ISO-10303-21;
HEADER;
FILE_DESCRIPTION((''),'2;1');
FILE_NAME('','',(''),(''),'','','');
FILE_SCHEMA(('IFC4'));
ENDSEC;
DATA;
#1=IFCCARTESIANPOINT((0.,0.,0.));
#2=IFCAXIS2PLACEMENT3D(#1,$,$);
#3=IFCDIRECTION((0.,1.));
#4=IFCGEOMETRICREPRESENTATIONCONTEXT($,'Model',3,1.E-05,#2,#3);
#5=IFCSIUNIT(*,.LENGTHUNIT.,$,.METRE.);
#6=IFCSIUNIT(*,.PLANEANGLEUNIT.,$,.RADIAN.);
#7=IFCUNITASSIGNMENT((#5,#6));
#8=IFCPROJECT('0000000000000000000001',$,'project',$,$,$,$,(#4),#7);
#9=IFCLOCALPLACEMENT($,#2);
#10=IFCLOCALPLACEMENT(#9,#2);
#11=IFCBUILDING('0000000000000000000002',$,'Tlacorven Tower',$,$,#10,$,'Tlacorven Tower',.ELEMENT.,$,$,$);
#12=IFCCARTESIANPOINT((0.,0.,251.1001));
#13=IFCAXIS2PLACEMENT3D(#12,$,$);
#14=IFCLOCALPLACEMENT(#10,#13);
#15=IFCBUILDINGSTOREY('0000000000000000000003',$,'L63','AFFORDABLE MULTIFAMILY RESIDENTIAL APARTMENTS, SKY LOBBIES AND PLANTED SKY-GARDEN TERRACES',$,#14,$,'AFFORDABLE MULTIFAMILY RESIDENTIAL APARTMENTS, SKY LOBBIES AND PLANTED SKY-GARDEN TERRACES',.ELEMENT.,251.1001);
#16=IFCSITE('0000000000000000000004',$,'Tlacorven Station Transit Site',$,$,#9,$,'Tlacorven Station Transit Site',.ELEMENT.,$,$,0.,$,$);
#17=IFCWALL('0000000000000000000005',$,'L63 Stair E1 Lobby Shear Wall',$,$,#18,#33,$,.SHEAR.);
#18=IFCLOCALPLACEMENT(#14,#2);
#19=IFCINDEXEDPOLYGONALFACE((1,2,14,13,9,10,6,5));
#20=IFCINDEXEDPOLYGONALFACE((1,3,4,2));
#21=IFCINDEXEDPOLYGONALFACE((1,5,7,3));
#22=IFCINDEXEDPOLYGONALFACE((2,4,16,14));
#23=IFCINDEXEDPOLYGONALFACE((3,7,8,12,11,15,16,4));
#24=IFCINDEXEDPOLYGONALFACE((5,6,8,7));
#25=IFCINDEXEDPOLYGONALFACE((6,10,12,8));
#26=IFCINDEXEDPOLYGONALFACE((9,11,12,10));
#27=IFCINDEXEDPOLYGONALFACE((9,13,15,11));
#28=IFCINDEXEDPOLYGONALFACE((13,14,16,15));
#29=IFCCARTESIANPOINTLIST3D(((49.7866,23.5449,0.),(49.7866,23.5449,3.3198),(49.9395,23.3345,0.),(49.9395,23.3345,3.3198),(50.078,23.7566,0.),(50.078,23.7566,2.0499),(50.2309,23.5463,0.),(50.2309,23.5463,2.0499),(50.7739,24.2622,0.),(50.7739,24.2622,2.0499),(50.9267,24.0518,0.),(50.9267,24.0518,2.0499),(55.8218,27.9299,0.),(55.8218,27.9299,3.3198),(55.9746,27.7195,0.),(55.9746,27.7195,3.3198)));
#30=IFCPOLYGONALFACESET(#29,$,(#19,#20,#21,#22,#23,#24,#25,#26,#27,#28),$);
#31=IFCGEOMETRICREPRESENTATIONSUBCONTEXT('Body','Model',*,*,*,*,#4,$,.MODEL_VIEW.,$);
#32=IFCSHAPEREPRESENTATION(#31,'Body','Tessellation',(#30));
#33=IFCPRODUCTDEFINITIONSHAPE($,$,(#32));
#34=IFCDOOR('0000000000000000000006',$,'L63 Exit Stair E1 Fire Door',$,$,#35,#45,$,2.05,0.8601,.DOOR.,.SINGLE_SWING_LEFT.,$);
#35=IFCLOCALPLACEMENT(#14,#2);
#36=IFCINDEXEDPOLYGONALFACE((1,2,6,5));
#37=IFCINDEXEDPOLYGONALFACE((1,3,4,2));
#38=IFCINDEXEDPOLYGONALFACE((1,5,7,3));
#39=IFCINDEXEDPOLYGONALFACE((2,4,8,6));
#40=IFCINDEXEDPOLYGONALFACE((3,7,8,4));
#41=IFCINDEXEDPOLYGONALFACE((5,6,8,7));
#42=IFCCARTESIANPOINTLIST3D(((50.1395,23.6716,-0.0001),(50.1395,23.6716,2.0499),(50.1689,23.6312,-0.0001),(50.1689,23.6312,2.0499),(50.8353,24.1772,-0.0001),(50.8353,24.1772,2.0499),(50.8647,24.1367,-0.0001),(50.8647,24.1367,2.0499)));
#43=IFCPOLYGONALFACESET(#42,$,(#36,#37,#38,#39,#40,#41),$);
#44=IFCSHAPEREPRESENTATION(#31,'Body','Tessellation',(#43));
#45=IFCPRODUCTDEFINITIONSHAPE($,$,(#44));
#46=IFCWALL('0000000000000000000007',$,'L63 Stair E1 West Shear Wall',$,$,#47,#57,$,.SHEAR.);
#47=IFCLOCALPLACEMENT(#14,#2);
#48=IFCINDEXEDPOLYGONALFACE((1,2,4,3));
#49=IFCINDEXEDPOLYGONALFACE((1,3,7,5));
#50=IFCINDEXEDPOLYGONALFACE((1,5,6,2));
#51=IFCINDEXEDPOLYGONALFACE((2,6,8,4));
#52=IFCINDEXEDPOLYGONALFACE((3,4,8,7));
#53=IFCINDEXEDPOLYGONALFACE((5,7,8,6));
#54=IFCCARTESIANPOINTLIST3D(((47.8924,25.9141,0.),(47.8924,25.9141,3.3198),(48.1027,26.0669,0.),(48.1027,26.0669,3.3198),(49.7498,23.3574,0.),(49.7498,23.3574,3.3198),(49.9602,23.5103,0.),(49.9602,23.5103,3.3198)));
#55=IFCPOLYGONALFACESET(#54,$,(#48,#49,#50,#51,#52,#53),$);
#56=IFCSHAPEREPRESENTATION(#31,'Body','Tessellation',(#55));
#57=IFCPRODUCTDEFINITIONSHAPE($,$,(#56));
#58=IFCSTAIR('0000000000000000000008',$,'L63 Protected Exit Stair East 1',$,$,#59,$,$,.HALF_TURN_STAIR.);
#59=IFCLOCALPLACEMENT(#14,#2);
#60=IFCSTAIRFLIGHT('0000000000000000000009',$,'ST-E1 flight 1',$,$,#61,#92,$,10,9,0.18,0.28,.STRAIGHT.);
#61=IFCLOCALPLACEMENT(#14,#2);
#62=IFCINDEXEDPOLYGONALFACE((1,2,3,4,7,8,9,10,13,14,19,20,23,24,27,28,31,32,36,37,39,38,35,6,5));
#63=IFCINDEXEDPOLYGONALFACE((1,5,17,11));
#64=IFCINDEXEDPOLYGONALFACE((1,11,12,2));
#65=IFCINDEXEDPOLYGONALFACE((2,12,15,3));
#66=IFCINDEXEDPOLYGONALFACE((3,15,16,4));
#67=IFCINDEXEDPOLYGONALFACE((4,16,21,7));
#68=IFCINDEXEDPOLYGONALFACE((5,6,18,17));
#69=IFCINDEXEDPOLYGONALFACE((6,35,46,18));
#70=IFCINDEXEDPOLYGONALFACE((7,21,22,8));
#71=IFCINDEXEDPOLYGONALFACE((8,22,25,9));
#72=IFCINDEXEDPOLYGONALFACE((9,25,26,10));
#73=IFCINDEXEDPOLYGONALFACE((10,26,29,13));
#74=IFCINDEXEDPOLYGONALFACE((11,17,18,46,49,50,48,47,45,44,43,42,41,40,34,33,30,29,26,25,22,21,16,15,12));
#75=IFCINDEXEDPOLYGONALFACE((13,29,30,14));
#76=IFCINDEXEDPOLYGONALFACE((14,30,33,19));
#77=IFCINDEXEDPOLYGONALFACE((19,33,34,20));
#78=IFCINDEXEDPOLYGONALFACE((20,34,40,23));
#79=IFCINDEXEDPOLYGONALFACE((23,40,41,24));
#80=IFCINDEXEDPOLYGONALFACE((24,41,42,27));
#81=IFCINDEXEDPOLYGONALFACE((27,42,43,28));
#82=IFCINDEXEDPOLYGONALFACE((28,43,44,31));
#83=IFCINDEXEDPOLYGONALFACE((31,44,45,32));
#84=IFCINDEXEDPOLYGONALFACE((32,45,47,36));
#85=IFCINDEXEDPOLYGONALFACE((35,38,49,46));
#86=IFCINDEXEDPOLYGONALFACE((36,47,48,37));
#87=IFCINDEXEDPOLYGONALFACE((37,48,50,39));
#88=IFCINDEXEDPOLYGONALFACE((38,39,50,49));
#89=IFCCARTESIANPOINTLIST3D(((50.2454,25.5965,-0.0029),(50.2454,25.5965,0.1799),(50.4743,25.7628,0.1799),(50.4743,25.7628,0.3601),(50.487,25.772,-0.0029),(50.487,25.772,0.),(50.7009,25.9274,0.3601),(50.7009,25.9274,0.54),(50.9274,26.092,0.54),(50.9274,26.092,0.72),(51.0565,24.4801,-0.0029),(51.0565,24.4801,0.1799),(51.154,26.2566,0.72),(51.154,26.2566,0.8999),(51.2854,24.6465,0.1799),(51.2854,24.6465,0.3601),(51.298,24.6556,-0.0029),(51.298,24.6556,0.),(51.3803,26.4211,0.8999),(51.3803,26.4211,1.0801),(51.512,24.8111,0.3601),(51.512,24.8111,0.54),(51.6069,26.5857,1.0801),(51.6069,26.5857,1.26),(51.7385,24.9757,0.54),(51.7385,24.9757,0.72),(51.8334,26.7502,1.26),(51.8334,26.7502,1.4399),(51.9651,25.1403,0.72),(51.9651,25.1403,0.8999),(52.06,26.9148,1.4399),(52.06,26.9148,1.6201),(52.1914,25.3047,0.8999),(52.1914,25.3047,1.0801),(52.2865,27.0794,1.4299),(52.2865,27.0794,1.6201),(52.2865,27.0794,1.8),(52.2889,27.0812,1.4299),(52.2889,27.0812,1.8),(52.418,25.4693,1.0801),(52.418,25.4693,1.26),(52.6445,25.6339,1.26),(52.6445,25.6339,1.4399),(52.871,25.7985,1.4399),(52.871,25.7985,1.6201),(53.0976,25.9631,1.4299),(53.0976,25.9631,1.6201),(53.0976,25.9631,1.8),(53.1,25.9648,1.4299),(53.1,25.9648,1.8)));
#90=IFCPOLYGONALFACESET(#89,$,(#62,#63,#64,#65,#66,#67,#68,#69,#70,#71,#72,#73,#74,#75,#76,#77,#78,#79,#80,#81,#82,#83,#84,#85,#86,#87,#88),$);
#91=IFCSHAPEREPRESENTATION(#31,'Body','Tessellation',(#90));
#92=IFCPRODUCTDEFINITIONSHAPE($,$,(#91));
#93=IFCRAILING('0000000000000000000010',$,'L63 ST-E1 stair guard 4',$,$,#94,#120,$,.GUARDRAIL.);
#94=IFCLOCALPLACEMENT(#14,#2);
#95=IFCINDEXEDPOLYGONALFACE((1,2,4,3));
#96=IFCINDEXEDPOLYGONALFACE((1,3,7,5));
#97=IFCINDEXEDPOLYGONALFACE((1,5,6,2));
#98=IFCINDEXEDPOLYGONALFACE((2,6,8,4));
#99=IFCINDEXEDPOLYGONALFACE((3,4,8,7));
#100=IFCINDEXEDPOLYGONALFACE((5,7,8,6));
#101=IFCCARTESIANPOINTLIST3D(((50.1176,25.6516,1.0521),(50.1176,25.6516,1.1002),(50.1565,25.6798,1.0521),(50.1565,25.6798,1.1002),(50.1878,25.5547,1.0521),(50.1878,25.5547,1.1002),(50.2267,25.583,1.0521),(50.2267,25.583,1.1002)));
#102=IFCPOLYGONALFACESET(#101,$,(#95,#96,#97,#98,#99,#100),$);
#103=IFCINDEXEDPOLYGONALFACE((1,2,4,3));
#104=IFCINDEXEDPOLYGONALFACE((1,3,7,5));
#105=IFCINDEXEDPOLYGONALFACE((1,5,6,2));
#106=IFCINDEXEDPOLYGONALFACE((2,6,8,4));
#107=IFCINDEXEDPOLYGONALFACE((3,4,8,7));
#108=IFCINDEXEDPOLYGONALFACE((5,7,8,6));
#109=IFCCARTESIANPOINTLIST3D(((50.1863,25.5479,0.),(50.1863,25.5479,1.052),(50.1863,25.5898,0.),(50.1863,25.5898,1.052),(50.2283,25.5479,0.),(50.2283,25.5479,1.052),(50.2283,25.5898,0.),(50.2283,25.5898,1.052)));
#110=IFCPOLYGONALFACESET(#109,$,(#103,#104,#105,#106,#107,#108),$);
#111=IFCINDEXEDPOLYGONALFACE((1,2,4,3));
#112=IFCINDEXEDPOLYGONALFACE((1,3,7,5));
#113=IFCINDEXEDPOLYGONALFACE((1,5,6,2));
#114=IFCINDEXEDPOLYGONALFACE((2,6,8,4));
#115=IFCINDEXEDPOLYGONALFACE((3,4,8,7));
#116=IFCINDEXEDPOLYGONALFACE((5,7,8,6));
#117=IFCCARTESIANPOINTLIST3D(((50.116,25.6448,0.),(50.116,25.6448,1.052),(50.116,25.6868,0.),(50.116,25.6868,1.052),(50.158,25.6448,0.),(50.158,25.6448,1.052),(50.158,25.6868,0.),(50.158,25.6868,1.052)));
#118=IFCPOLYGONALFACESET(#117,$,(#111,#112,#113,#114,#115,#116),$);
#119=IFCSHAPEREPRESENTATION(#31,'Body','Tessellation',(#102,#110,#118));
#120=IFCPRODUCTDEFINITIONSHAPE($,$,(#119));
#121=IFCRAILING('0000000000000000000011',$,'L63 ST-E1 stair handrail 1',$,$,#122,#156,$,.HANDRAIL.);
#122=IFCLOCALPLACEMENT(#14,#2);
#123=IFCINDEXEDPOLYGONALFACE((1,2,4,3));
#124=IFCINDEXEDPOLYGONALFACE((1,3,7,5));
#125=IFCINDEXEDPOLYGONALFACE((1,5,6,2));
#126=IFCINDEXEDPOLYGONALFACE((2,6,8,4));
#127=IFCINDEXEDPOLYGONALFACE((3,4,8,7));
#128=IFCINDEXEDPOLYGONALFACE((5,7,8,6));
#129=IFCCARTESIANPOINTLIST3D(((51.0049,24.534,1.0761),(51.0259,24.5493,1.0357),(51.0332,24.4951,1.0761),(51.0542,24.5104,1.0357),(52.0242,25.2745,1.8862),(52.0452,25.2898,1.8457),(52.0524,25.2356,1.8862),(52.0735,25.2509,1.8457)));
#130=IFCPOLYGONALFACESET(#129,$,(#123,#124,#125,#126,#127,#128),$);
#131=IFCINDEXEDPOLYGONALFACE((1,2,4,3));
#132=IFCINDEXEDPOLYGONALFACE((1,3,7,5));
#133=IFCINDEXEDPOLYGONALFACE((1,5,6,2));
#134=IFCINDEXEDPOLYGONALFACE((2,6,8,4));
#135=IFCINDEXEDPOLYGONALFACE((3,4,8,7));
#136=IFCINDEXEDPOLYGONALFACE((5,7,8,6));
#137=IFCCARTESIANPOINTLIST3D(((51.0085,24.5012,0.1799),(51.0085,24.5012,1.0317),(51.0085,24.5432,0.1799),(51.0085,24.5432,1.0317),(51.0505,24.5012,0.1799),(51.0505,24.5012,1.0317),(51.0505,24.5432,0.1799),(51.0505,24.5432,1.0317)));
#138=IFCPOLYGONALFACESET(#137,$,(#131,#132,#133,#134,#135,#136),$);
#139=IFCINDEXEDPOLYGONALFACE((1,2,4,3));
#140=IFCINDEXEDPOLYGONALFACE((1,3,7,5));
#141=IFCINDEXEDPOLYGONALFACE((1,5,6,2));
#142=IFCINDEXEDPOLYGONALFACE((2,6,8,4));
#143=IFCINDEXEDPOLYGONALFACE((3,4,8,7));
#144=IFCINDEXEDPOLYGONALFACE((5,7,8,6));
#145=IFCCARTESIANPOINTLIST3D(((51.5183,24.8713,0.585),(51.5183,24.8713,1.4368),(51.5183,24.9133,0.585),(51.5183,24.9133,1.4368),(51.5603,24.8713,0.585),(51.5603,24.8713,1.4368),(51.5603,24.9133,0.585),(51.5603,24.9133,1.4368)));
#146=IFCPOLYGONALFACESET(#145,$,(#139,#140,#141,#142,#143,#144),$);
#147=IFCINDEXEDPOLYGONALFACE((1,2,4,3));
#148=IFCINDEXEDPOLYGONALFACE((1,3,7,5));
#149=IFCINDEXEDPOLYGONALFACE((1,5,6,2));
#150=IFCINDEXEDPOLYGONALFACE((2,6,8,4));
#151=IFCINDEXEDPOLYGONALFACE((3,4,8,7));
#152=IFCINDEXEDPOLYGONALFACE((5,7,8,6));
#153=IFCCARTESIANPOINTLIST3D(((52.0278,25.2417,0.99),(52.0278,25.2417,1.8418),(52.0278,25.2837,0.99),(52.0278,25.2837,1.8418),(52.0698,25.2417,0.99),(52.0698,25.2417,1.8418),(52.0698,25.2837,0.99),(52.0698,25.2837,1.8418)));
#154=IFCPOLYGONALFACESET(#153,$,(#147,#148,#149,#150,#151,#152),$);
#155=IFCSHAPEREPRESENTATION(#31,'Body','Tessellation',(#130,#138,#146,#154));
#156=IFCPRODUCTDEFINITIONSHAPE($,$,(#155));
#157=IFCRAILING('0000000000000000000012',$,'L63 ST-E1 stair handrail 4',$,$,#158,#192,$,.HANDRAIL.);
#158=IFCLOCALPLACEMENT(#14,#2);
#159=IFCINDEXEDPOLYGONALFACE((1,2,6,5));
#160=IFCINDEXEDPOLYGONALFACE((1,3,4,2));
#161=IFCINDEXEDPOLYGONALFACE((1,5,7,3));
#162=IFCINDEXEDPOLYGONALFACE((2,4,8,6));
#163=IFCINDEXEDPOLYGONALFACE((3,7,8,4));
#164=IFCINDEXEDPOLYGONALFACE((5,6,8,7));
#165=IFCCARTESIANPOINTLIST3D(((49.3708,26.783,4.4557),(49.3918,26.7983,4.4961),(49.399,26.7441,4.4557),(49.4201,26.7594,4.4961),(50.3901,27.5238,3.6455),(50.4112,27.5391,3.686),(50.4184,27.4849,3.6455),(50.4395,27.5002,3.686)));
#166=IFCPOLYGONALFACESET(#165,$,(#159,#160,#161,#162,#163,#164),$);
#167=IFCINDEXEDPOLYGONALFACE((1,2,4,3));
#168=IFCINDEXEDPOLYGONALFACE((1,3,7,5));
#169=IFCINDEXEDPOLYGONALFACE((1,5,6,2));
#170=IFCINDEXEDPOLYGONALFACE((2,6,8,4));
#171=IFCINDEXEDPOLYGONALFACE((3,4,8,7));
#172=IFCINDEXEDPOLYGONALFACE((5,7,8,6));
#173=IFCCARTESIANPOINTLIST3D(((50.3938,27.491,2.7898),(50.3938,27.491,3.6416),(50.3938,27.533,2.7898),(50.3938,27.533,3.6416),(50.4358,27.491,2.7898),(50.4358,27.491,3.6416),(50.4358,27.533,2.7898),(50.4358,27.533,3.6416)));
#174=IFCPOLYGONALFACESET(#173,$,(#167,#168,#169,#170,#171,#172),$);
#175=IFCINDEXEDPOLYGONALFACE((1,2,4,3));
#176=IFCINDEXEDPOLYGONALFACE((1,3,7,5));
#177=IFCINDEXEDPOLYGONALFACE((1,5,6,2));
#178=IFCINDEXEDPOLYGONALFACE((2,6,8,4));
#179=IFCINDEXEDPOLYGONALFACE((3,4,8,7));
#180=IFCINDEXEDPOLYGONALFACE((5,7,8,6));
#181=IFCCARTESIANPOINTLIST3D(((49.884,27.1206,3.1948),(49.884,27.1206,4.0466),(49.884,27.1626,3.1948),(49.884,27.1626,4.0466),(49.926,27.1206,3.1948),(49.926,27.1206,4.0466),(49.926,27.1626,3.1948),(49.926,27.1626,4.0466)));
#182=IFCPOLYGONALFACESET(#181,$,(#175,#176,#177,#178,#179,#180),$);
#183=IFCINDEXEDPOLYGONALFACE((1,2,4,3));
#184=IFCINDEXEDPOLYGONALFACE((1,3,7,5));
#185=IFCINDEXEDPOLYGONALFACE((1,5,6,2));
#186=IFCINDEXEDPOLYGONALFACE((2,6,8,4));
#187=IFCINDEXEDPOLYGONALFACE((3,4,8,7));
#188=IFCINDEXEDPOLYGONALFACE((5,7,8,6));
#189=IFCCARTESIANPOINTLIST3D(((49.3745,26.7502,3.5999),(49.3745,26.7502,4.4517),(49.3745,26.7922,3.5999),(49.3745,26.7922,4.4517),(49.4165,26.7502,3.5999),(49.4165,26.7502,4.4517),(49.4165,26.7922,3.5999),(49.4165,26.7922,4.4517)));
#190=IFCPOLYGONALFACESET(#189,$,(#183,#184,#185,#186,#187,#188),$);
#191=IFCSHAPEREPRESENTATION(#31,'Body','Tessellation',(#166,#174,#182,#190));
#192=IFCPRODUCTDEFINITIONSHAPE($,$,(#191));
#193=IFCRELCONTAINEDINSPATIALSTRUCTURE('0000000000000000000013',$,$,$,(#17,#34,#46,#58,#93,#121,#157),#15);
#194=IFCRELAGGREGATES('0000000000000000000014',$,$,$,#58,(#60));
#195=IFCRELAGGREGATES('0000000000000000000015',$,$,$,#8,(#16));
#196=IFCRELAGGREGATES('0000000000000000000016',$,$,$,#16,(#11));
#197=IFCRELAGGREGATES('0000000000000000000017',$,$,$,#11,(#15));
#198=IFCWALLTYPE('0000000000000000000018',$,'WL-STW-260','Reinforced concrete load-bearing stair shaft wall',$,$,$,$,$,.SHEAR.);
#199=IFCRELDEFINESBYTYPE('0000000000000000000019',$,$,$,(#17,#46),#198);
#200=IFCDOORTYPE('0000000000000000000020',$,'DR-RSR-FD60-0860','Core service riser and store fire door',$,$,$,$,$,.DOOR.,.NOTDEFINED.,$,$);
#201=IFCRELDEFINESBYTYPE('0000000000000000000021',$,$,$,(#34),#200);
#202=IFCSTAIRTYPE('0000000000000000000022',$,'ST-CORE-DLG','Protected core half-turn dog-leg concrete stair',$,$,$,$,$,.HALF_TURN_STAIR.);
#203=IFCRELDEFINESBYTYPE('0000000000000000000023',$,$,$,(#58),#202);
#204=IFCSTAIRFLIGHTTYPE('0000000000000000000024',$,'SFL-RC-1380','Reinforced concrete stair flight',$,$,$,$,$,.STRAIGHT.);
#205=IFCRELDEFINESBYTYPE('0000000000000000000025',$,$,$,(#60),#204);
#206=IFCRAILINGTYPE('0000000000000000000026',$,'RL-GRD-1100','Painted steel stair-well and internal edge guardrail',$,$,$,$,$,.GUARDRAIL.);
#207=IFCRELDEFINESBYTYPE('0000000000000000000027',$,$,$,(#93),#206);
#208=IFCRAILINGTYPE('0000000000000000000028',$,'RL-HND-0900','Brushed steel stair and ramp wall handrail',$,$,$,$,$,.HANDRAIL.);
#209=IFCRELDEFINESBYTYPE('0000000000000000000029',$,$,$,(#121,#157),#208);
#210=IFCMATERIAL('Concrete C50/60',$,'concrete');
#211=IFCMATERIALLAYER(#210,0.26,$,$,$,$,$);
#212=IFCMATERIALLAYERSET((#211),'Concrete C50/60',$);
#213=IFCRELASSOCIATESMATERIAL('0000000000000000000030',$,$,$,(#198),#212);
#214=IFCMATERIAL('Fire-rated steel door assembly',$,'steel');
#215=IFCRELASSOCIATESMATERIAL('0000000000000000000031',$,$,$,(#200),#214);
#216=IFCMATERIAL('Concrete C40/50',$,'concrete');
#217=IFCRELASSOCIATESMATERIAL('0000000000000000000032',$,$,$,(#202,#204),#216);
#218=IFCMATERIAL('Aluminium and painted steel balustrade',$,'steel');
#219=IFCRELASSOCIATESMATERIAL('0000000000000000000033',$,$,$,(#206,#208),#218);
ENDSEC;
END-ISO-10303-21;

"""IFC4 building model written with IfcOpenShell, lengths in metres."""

from ifc_helpers import new_model, si_unit, direction, frame, frame_2d, origin, origin_2d, place, context, subcontext, project, spatial, polyline, rectangle, outline, extrude, source, transform, mapped, material, layer, layer_set, type_object, element, fill, aggregate, save


model = new_model("IFC4")

# Units and contexts
model_context = context("Model", 3, precision=1e-05, world=origin(), true_north=direction((0.0, 1.0)))
body_context = subcontext(model_context, "Body", "Model", "MODEL_VIEW")
ifc_project = project(units=[si_unit("LENGTHUNIT", "METRE"), si_unit("PLANEANGLEUNIT", "RADIAN")], contexts=[model_context])

# Site, building, storey
site_placement = place(None, origin())
site = spatial("IfcSite", under=ifc_project, at=site_placement, Name="Tlacorven Station Transit Site", LongName="Tlacorven Station Transit Site", CompositionType="ELEMENT", RefElevation=0.0)
building_placement = place(site_placement, origin())
building = spatial("IfcBuilding", under=site, at=building_placement, Name="Tlacorven Tower", LongName="Tlacorven Tower", CompositionType="ELEMENT")
storey_placement = place(building_placement, frame((0.0, 0.0, 251.1001)))
storey = spatial("IfcBuildingStorey", under=building, at=storey_placement, Name="L63", Description="AFFORDABLE MULTIFAMILY RESIDENTIAL APARTMENTS, SKY LOBBIES AND PLANTED SKY-GARDEN TERRACES", LongName="AFFORDABLE MULTIFAMILY RESIDENTIAL APARTMENTS, SKY LOBBIES AND PLANTED SKY-GARDEN TERRACES", CompositionType="ELEMENT", Elevation=251.1001)

# Shared definitions
ifc_material_1 = material(Name="Concrete C50/60", Category="concrete")

# Shared definitions
ifc_material_2 = material(Name="Concrete C40/50", Category="concrete")
ifc_material_3 = material(Name="Fire-rated steel door assembly", Category="steel")

# Shared definitions
ifc_layer_1 = layer(ifc_material_1, 0.26)
ifc_layer_set_1 = layer_set([ifc_layer_1], Name="Concrete C50/60")
wall_type_1 = type_object("IfcWallType", Name="WL-STW-260", Description="Reinforced concrete load-bearing stair shaft wall", PredefinedType="SHEAR", material=ifc_layer_set_1)

# Wall, opening, door
wall_1_placement = place(storey_placement, frame((49.863, 23.4397, 0.0), z_axis=(0.0, 0.0, 1.0), x_axis=(0.809003, 0.587804, 0.0)))
wall_1 = element("IfcWall", 1, at=wall_1_placement, inside=storey, type_object=wall_type_1, Name="L63 Stair E1 Lobby Shear Wall", PredefinedType="SHEAR", context=body_context, shape_type="SweptSolid", body=[
    extrude(rectangle(XDim=7.46, YDim=0.26, at=frame_2d((3.73, 0.0))), origin(), (0.0, 0.0, 1.0), 3.3198),
])
opening_1_placement = place(wall_1_placement, frame((0.3601, 0.0, 0.0)))
opening_1 = element("IfcOpeningElement", 2, at=opening_1_placement, cuts=wall_1, PredefinedType="OPENING", context=body_context, shape_type="SweptSolid", body=[
    extrude(rectangle(XDim=0.8601, YDim=2.05, at=frame_2d((0.4302, 1.0249))), frame((0.0, 0.1401, 0.0), z_axis=(0.0, -1.0, 0.0), x_axis=(1.0, 0.0, 0.0)), (0.0, 0.0, 1.0), 0.28),
])
door_type_1 = type_object("IfcDoorType", Name="DR-RSR-FD60-0860", Description="Core service riser and store fire door", OperationType="NOTDEFINED", PredefinedType="DOOR", material=ifc_material_3)
shared_shape_1 = source(origin(), body_context, "Body", "SweptSolid", [
    extrude(rectangle(XDim=0.8601, YDim=2.05, at=frame_2d((0.4302, 1.0249))), frame((0.0, 0.0249, 0.0), z_axis=(0.0, -1.0, 0.0), x_axis=(1.0, 0.0, 0.0)), (0.0, 0.0, 1.0), 0.05),
])
door_1_placement = place(opening_1_placement, frame((0.8601, 0.0, 0.0), z_axis=(0.0, 0.0, 1.0), x_axis=(-1.0, 0.0, 0.0)))
door_1 = element("IfcDoor", 3, at=door_1_placement, inside=storey, type_object=door_type_1, Name="L63 Exit Stair E1 Fire Door", OperationType="SINGLE_SWING_LEFT", OverallHeight=2.05, OverallWidth=0.8601, PredefinedType="DOOR", context=body_context, shape_type="MappedRepresentation", body=[
    mapped(shared_shape_1, transform((0.0, 0.0, 0.0), scale=1.0)),
])
fill(opening_1, door_1)

# Wall
wall_2_placement = place(storey_placement, frame((49.855, 23.4338, 0.0), z_axis=(0.0, 0.0, 1.0), x_axis=(-0.587767, 0.80903, 0.0)))
element("IfcWall", 4, at=wall_2_placement, inside=storey, type_object=wall_type_1, Name="L63 Stair E1 West Shear Wall", PredefinedType="SHEAR", context=body_context, shape_type="SweptSolid", body=[
    extrude(rectangle(XDim=3.1602, YDim=0.26, at=frame_2d((1.5801, 0.0))), origin(), (0.0, 0.0, 1.0), 3.3198),
])

# Stair, stair flight
stair_type = type_object("IfcStairType", Name="ST-CORE-DLG", Description="Protected core half-turn dog-leg concrete stair", PredefinedType="HALF_TURN_STAIR", material=ifc_material_2)
stair_placement = place(storey_placement, origin())
stair = element("IfcStair", 5, at=stair_placement, inside=storey, type_object=stair_type, Name="L63 Protected Exit Stair East 1", PredefinedType="HALF_TURN_STAIR")
stair_flight_type = type_object("IfcStairFlightType", Name="SFL-RC-1380", Description="Reinforced concrete stair flight", PredefinedType="STRAIGHT", material=ifc_material_2)
shared_shape_2 = source(origin(), body_context, "Body", "SweptSolid", [
    extrude(outline(polyline([(-0.0029, -0.0029), (-0.0029, 0.1799), (0.28, 0.1799), (0.28, 0.3601), (0.5601, 0.3601), (0.5601, 0.54), (0.8401, 0.54), (0.8401, 0.72), (1.1201, 0.72), (1.1201, 0.8999), (1.3999, 0.8999), (1.3999, 1.0801), (1.6799, 1.0801), (1.6799, 1.26), (1.96, 1.26), (1.96, 1.4399), (2.24, 1.4399), (2.24, 1.6201), (2.52, 1.6201), (2.52, 1.8), (2.5229, 1.8), (2.5229, 1.4299), (2.52, 1.4299), (0.2957, 0.0), (0.2957, -0.0029), (-0.0029, -0.0029)])), frame((0.0, 0.6899, 0.0), z_axis=(0.0, -1.0, 0.0), x_axis=(1.0, 0.0, 0.0)), (0.0, 0.0, 1.0), 1.3799),
])
stair_flight_placement = place(storey_placement, frame((50.6533, 25.04, 0.0), z_axis=(0.0, 0.0, 1.0), x_axis=(0.809017, 0.587785, 0.0)))
stair_flight = element("IfcStairFlight", 6, at=stair_flight_placement, type_object=stair_flight_type, Name="ST-E1 flight 1", NumberOfRisers=10, NumberOfTreads=9, PredefinedType="STRAIGHT", RiserHeight=0.18, TreadLength=0.28, context=body_context, shape_type="MappedRepresentation", body=[
    mapped(shared_shape_2, transform((0.0, 0.0, 0.0), scale=1.0)),
])
aggregate(stair, [stair_flight])

# Railings
ifc_material_4 = material(Name="Aluminium and painted steel balustrade", Category="steel")
railing_type_1 = type_object("IfcRailingType", Name="RL-GRD-1100", Description="Painted steel stair-well and internal edge guardrail", PredefinedType="GUARDRAIL", material=ifc_material_4)
shared_shape_3 = source(origin(), body_context, "Body", "SweptSolid", [
    extrude(rectangle(XDim=0.0481, YDim=0.0481, at=origin_2d()), frame((0.0, 0.0, 1.0762), z_axis=(-0.587201, 0.809441, 0.0), x_axis=(-0.809441, -0.587201, 0.0)), (0.0, 0.0, 1.0), 0.1196),
    extrude(rectangle(XDim=0.042, YDim=0.042, at=origin_2d()), origin(), (0.0, 0.0, 1.0), 1.052),
    extrude(rectangle(XDim=0.042, YDim=0.042, at=origin_2d()), frame((-0.0703, 0.0969, 0.0)), (0.0, 0.0, 1.0), 1.052),
])
railing_1_placement = place(storey_placement, frame((50.2073, 25.5688, 0.0)))
element("IfcRailing", 7, at=railing_1_placement, inside=storey, type_object=railing_type_1, Name="L63 ST-E1 stair guard 4", PredefinedType="GUARDRAIL", context=body_context, shape_type="MappedRepresentation", body=[
    mapped(shared_shape_3, transform((0.0, 0.0, 0.0), scale=1.0)),
])
railing_type_2 = type_object("IfcRailingType", Name="RL-HND-0900", Description="Brushed steel stair and ramp wall handrail", PredefinedType="HANDRAIL", material=ifc_material_4)
shared_shape_4 = source(origin(), body_context, "Body", "SweptSolid", [
    extrude(rectangle(XDim=0.0481, YDim=0.0481, at=origin_2d()), frame((0.0, 0.0, 0.876), z_axis=(0.680516, 0.494373, 0.540827), x_axis=(-0.587745, 0.809046, 0.0)), (0.0, 0.0, 1.0), 1.4978),
    extrude(rectangle(XDim=0.042, YDim=0.042, at=origin_2d()), origin(), (0.0, 0.0, 1.0), 0.8518),
    extrude(rectangle(XDim=0.042, YDim=0.042, at=origin_2d()), frame((0.5098, 0.3701, 0.405)), (0.0, 0.0, 1.0), 0.8518),
    extrude(rectangle(XDim=0.042, YDim=0.042, at=origin_2d()), frame((1.0193, 0.7405, 0.8101)), (0.0, 0.0, 1.0), 0.8518),
])
railing_2_placement = place(storey_placement, frame((51.0295, 24.5222, 0.1799)))
element("IfcRailing", 8, at=railing_2_placement, inside=storey, type_object=railing_type_2, Name="L63 ST-E1 stair handrail 1", PredefinedType="HANDRAIL", context=body_context, shape_type="MappedRepresentation", body=[
    mapped(shared_shape_4, transform((0.0, 0.0, 0.0), scale=1.0)),
])
shared_shape_5 = source(origin(), body_context, "Body", "SweptSolid", [
    extrude(rectangle(XDim=0.0481, YDim=0.0481, at=origin_2d()), frame((0.0, 0.0, 0.876), z_axis=(-0.680461, -0.494496, 0.540783), x_axis=(0.587872, -0.808954, 0.0)), (0.0, 0.0, 1.0), 1.498),
    extrude(rectangle(XDim=0.042, YDim=0.042, at=origin_2d()), origin(), (0.0, 0.0, 1.0), 0.8518),
    extrude(rectangle(XDim=0.042, YDim=0.042, at=origin_2d()), frame((-0.5098, -0.3704, 0.405)), (0.0, 0.0, 1.0), 0.8518),
    extrude(rectangle(XDim=0.042, YDim=0.042, at=origin_2d()), frame((-1.0193, -0.7407, 0.8101)), (0.0, 0.0, 1.0), 0.8518),
])
railing_3_placement = place(storey_placement, frame((50.4148, 27.512, 2.7898)))
element("IfcRailing", 9, at=railing_3_placement, inside=storey, type_object=railing_type_2, Name="L63 ST-E1 stair handrail 4", PredefinedType="HANDRAIL", context=body_context, shape_type="MappedRepresentation", body=[
    mapped(shared_shape_5, transform((0.0, 0.0, 0.0), scale=1.0)),
])

save(model, "model.ifc")
